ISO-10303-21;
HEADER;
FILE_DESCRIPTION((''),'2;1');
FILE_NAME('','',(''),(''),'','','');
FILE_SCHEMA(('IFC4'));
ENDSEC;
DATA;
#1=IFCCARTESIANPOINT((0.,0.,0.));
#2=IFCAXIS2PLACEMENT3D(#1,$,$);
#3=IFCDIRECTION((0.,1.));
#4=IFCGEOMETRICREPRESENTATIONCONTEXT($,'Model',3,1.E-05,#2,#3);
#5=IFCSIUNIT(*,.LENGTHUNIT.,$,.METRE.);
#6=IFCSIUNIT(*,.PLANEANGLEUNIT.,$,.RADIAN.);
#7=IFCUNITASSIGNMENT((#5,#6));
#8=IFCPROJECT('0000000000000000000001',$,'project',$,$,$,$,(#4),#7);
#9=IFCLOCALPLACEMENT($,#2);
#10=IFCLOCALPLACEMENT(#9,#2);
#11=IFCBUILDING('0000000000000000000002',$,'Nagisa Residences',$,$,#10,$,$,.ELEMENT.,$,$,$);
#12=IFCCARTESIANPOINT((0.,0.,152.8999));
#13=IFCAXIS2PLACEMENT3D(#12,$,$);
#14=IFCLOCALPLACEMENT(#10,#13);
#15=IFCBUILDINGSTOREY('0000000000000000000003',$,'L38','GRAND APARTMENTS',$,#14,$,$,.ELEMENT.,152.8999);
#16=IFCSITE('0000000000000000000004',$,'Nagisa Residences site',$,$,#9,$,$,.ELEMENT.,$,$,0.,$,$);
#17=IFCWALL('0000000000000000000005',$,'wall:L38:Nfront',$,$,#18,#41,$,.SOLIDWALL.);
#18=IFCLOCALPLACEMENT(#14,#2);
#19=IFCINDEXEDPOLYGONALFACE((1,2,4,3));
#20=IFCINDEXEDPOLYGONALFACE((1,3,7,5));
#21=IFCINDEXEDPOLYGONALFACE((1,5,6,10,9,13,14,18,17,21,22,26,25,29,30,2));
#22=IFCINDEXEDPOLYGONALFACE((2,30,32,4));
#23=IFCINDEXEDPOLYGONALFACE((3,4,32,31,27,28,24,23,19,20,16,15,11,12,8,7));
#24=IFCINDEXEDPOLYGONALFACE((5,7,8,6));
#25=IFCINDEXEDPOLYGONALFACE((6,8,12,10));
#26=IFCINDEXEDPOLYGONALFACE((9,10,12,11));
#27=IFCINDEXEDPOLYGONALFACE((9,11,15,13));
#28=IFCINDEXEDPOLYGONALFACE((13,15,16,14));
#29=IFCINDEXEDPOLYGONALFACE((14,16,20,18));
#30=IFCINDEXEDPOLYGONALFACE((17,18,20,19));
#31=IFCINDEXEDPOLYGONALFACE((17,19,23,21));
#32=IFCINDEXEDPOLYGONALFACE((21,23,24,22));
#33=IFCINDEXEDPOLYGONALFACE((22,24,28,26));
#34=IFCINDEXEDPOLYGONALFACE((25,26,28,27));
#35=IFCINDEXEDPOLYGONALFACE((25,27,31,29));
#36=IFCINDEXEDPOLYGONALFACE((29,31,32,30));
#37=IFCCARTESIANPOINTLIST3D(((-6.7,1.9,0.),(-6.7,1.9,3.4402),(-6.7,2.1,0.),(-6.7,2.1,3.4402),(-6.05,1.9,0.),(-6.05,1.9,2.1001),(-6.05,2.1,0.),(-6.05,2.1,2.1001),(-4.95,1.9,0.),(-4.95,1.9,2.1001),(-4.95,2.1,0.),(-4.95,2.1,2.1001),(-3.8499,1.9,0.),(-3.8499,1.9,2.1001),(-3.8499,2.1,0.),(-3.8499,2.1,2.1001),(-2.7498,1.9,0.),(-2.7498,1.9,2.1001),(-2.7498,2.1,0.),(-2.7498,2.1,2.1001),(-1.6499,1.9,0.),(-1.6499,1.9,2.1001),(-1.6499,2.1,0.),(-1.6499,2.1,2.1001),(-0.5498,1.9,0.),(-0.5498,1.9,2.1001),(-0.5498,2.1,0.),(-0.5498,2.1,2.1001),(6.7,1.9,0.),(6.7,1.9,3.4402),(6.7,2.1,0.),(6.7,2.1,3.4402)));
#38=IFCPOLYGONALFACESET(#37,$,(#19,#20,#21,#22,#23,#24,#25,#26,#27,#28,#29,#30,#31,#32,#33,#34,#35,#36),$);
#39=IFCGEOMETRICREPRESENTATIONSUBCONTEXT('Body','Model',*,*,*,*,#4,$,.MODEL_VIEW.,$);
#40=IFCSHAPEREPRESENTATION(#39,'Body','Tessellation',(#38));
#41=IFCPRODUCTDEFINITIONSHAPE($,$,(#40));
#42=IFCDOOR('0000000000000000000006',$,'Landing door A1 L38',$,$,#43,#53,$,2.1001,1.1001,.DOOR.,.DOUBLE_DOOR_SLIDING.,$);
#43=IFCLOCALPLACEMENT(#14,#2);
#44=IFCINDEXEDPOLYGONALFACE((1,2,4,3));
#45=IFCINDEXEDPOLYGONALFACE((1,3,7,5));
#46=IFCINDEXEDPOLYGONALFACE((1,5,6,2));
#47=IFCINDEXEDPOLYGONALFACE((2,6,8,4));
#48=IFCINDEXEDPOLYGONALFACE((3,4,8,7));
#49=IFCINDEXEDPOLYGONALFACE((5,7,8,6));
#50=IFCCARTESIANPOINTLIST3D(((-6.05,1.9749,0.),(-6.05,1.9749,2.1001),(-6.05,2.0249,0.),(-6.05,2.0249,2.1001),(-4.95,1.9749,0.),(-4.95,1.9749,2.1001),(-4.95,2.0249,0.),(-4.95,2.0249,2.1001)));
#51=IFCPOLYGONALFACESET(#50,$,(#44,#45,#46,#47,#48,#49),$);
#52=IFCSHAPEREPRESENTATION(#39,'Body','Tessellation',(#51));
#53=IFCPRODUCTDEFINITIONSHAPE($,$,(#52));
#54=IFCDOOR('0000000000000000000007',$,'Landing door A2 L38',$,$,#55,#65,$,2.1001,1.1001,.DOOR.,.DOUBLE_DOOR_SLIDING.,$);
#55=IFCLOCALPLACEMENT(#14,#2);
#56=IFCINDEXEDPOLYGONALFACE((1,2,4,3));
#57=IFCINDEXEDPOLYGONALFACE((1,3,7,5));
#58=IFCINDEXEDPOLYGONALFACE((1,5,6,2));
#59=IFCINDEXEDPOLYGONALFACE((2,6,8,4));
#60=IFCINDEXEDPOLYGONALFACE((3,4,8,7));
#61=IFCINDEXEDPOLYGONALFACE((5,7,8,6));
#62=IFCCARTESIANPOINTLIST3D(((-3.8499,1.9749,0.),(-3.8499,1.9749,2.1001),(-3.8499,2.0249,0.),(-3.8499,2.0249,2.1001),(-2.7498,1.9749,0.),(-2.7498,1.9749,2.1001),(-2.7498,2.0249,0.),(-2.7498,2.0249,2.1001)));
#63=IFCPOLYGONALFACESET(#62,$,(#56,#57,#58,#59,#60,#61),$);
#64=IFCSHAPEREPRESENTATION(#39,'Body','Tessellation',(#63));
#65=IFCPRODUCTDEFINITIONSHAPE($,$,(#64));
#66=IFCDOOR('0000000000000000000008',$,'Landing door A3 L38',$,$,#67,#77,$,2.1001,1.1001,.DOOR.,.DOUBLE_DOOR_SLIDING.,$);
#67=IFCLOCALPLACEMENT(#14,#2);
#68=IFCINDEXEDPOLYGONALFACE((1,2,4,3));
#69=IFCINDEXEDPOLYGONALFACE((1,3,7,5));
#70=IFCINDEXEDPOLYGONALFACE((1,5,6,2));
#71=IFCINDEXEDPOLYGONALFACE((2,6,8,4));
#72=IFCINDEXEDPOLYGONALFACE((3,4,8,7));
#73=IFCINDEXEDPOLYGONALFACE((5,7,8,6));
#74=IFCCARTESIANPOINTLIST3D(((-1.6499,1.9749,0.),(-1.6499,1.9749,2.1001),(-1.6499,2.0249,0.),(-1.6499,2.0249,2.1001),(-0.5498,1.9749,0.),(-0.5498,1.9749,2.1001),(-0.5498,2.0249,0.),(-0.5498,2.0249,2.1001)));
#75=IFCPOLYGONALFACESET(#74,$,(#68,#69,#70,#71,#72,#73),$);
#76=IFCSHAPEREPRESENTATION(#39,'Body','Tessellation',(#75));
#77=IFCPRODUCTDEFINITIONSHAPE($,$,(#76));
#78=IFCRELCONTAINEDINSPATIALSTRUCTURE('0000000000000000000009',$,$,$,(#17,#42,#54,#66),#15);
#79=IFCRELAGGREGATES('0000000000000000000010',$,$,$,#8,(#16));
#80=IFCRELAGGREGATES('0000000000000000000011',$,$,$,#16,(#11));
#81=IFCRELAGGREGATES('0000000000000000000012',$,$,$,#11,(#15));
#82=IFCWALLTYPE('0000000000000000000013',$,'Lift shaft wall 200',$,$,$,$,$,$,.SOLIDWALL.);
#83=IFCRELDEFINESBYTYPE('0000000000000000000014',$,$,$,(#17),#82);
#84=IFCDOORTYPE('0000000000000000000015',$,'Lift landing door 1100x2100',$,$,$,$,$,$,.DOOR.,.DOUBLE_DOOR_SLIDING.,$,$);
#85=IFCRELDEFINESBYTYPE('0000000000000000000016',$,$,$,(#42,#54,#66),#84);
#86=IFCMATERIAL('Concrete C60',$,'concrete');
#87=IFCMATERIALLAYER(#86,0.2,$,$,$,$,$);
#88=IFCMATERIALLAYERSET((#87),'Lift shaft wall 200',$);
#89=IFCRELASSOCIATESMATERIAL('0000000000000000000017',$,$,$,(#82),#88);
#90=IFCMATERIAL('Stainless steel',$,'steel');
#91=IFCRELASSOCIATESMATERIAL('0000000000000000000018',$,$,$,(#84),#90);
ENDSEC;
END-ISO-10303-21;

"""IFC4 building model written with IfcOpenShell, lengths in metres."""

from ifc_helpers import new_model, si_unit, direction, frame, frame_2d, origin, place, context, subcontext, project, spatial, rectangle, extrude, material, layer, layer_set, type_object, element, fill, save


model = new_model("IFC4")

# Units and contexts
model_context = context("Model", 3, precision=1e-05, world=origin(), true_north=direction((0.0, 1.0)))
body_context = subcontext(model_context, "Body", "Model", "MODEL_VIEW")
ifc_project = project(units=[si_unit("LENGTHUNIT", "METRE"), si_unit("PLANEANGLEUNIT", "RADIAN")], contexts=[model_context])

# Site, building, storey
site_placement = place(None, origin())
site = spatial("IfcSite", under=ifc_project, at=site_placement, Name="Nagisa Residences site", CompositionType="ELEMENT", RefElevation=0.0)
building_placement = place(site_placement, origin())
building = spatial("IfcBuilding", under=site, at=building_placement, Name="Nagisa Residences", CompositionType="ELEMENT")
storey_placement = place(building_placement, frame((0.0, 0.0, 152.8999)))
storey = spatial("IfcBuildingStorey", under=building, at=storey_placement, Name="L38", Description="GRAND APARTMENTS", CompositionType="ELEMENT", Elevation=152.8999)

# Wall, openings, doors
ifc_material_1 = material(Name="Concrete C60", Category="concrete")
ifc_layer_1 = layer(ifc_material_1, 0.2)
ifc_layer_set_1 = layer_set([ifc_layer_1], Name="Lift shaft wall 200")
wall_type_1 = type_object("IfcWallType", Name="Lift shaft wall 200", PredefinedType="SOLIDWALL", material=ifc_layer_set_1)
wall_1_placement = place(storey_placement, frame((-6.7, 2.0, 0.0), z_axis=(0.0, 0.0, 1.0), x_axis=(1.0, 0.0, 0.0)))
wall_1 = element("IfcWall", 1, at=wall_1_placement, inside=storey, type_object=wall_type_1, Name="wall:L38:Nfront", PredefinedType="SOLIDWALL", context=body_context, shape_type="SweptSolid", body=[
    extrude(rectangle(XDim=13.3999, YDim=0.2, at=frame_2d((6.7, 0.0))), origin(), (0.0, 0.0, 1.0), 3.4402),
])
opening_1_placement = place(wall_1_placement, frame((0.6499, 0.0, 0.0)))
opening_1 = element("IfcOpeningElement", 2, at=opening_1_placement, cuts=wall_1, PredefinedType="OPENING", context=body_context, shape_type="SweptSolid", body=[
    extrude(rectangle(XDim=1.1001, YDim=2.1001, at=frame_2d((0.55, 1.05))), frame((0.0, 0.1099, 0.0), z_axis=(0.0, -1.0, 0.0), x_axis=(1.0, 0.0, 0.0)), (0.0, 0.0, 1.0), 0.22),
])
opening_2_placement = place(wall_1_placement, frame((2.8501, 0.0, 0.0)))
opening_2 = element("IfcOpeningElement", 3, at=opening_2_placement, cuts=wall_1, PredefinedType="OPENING", context=body_context, shape_type="SweptSolid", body=[
    extrude(rectangle(XDim=1.1001, YDim=2.1001, at=frame_2d((0.55, 1.05))), frame((0.0, 0.1099, 0.0), z_axis=(0.0, -1.0, 0.0), x_axis=(1.0, 0.0, 0.0)), (0.0, 0.0, 1.0), 0.22),
])
opening_3_placement = place(wall_1_placement, frame((5.05, 0.0, 0.0)))
opening_3 = element("IfcOpeningElement", 4, at=opening_3_placement, cuts=wall_1, PredefinedType="OPENING", context=body_context, shape_type="SweptSolid", body=[
    extrude(rectangle(XDim=1.1001, YDim=2.1001, at=frame_2d((0.55, 1.05))), frame((0.0, 0.1099, 0.0), z_axis=(0.0, -1.0, 0.0), x_axis=(1.0, 0.0, 0.0)), (0.0, 0.0, 1.0), 0.22),
])
ifc_material_2 = material(Name="Stainless steel", Category="steel")
door_type_1 = type_object("IfcDoorType", Name="Lift landing door 1100x2100", OperationType="DOUBLE_DOOR_SLIDING", PredefinedType="DOOR", material=ifc_material_2)
door_1_placement = place(opening_1_placement, origin())
door_1 = element("IfcDoor", 5, at=door_1_placement, inside=storey, type_object=door_type_1, Name="Landing door A1 L38", OperationType="DOUBLE_DOOR_SLIDING", OverallHeight=2.1001, OverallWidth=1.1001, PredefinedType="DOOR", context=body_context, shape_type="SweptSolid", body=[
    extrude(rectangle(XDim=1.1001, YDim=2.1001, at=frame_2d((0.55, 1.05))), frame((0.0, 0.0249, 0.0), z_axis=(0.0, -1.0, 0.0), x_axis=(1.0, 0.0, 0.0)), (0.0, 0.0, 1.0), 0.05),
])
fill(opening_1, door_1)
door_2_placement = place(opening_2_placement, origin())
door_2 = element("IfcDoor", 6, at=door_2_placement, inside=storey, type_object=door_type_1, Name="Landing door A2 L38", OperationType="DOUBLE_DOOR_SLIDING", OverallHeight=2.1001, OverallWidth=1.1001, PredefinedType="DOOR", context=body_context, shape_type="SweptSolid", body=[
    extrude(rectangle(XDim=1.1001, YDim=2.1001, at=frame_2d((0.55, 1.05))), frame((0.0, 0.0249, 0.0), z_axis=(0.0, -1.0, 0.0), x_axis=(1.0, 0.0, 0.0)), (0.0, 0.0, 1.0), 0.05),
])
fill(opening_2, door_2)
door_3_placement = place(opening_3_placement, origin())
door_3 = element("IfcDoor", 7, at=door_3_placement, inside=storey, type_object=door_type_1, Name="Landing door A3 L38", OperationType="DOUBLE_DOOR_SLIDING", OverallHeight=2.1001, OverallWidth=1.1001, PredefinedType="DOOR", context=body_context, shape_type="SweptSolid", body=[
    extrude(rectangle(XDim=1.1001, YDim=2.1001, at=frame_2d((0.55, 1.05))), frame((0.0, 0.0249, 0.0), z_axis=(0.0, -1.0, 0.0), x_axis=(1.0, 0.0, 0.0)), (0.0, 0.0, 1.0), 0.05),
])
fill(opening_3, door_3)

save(model, "model.ifc")
